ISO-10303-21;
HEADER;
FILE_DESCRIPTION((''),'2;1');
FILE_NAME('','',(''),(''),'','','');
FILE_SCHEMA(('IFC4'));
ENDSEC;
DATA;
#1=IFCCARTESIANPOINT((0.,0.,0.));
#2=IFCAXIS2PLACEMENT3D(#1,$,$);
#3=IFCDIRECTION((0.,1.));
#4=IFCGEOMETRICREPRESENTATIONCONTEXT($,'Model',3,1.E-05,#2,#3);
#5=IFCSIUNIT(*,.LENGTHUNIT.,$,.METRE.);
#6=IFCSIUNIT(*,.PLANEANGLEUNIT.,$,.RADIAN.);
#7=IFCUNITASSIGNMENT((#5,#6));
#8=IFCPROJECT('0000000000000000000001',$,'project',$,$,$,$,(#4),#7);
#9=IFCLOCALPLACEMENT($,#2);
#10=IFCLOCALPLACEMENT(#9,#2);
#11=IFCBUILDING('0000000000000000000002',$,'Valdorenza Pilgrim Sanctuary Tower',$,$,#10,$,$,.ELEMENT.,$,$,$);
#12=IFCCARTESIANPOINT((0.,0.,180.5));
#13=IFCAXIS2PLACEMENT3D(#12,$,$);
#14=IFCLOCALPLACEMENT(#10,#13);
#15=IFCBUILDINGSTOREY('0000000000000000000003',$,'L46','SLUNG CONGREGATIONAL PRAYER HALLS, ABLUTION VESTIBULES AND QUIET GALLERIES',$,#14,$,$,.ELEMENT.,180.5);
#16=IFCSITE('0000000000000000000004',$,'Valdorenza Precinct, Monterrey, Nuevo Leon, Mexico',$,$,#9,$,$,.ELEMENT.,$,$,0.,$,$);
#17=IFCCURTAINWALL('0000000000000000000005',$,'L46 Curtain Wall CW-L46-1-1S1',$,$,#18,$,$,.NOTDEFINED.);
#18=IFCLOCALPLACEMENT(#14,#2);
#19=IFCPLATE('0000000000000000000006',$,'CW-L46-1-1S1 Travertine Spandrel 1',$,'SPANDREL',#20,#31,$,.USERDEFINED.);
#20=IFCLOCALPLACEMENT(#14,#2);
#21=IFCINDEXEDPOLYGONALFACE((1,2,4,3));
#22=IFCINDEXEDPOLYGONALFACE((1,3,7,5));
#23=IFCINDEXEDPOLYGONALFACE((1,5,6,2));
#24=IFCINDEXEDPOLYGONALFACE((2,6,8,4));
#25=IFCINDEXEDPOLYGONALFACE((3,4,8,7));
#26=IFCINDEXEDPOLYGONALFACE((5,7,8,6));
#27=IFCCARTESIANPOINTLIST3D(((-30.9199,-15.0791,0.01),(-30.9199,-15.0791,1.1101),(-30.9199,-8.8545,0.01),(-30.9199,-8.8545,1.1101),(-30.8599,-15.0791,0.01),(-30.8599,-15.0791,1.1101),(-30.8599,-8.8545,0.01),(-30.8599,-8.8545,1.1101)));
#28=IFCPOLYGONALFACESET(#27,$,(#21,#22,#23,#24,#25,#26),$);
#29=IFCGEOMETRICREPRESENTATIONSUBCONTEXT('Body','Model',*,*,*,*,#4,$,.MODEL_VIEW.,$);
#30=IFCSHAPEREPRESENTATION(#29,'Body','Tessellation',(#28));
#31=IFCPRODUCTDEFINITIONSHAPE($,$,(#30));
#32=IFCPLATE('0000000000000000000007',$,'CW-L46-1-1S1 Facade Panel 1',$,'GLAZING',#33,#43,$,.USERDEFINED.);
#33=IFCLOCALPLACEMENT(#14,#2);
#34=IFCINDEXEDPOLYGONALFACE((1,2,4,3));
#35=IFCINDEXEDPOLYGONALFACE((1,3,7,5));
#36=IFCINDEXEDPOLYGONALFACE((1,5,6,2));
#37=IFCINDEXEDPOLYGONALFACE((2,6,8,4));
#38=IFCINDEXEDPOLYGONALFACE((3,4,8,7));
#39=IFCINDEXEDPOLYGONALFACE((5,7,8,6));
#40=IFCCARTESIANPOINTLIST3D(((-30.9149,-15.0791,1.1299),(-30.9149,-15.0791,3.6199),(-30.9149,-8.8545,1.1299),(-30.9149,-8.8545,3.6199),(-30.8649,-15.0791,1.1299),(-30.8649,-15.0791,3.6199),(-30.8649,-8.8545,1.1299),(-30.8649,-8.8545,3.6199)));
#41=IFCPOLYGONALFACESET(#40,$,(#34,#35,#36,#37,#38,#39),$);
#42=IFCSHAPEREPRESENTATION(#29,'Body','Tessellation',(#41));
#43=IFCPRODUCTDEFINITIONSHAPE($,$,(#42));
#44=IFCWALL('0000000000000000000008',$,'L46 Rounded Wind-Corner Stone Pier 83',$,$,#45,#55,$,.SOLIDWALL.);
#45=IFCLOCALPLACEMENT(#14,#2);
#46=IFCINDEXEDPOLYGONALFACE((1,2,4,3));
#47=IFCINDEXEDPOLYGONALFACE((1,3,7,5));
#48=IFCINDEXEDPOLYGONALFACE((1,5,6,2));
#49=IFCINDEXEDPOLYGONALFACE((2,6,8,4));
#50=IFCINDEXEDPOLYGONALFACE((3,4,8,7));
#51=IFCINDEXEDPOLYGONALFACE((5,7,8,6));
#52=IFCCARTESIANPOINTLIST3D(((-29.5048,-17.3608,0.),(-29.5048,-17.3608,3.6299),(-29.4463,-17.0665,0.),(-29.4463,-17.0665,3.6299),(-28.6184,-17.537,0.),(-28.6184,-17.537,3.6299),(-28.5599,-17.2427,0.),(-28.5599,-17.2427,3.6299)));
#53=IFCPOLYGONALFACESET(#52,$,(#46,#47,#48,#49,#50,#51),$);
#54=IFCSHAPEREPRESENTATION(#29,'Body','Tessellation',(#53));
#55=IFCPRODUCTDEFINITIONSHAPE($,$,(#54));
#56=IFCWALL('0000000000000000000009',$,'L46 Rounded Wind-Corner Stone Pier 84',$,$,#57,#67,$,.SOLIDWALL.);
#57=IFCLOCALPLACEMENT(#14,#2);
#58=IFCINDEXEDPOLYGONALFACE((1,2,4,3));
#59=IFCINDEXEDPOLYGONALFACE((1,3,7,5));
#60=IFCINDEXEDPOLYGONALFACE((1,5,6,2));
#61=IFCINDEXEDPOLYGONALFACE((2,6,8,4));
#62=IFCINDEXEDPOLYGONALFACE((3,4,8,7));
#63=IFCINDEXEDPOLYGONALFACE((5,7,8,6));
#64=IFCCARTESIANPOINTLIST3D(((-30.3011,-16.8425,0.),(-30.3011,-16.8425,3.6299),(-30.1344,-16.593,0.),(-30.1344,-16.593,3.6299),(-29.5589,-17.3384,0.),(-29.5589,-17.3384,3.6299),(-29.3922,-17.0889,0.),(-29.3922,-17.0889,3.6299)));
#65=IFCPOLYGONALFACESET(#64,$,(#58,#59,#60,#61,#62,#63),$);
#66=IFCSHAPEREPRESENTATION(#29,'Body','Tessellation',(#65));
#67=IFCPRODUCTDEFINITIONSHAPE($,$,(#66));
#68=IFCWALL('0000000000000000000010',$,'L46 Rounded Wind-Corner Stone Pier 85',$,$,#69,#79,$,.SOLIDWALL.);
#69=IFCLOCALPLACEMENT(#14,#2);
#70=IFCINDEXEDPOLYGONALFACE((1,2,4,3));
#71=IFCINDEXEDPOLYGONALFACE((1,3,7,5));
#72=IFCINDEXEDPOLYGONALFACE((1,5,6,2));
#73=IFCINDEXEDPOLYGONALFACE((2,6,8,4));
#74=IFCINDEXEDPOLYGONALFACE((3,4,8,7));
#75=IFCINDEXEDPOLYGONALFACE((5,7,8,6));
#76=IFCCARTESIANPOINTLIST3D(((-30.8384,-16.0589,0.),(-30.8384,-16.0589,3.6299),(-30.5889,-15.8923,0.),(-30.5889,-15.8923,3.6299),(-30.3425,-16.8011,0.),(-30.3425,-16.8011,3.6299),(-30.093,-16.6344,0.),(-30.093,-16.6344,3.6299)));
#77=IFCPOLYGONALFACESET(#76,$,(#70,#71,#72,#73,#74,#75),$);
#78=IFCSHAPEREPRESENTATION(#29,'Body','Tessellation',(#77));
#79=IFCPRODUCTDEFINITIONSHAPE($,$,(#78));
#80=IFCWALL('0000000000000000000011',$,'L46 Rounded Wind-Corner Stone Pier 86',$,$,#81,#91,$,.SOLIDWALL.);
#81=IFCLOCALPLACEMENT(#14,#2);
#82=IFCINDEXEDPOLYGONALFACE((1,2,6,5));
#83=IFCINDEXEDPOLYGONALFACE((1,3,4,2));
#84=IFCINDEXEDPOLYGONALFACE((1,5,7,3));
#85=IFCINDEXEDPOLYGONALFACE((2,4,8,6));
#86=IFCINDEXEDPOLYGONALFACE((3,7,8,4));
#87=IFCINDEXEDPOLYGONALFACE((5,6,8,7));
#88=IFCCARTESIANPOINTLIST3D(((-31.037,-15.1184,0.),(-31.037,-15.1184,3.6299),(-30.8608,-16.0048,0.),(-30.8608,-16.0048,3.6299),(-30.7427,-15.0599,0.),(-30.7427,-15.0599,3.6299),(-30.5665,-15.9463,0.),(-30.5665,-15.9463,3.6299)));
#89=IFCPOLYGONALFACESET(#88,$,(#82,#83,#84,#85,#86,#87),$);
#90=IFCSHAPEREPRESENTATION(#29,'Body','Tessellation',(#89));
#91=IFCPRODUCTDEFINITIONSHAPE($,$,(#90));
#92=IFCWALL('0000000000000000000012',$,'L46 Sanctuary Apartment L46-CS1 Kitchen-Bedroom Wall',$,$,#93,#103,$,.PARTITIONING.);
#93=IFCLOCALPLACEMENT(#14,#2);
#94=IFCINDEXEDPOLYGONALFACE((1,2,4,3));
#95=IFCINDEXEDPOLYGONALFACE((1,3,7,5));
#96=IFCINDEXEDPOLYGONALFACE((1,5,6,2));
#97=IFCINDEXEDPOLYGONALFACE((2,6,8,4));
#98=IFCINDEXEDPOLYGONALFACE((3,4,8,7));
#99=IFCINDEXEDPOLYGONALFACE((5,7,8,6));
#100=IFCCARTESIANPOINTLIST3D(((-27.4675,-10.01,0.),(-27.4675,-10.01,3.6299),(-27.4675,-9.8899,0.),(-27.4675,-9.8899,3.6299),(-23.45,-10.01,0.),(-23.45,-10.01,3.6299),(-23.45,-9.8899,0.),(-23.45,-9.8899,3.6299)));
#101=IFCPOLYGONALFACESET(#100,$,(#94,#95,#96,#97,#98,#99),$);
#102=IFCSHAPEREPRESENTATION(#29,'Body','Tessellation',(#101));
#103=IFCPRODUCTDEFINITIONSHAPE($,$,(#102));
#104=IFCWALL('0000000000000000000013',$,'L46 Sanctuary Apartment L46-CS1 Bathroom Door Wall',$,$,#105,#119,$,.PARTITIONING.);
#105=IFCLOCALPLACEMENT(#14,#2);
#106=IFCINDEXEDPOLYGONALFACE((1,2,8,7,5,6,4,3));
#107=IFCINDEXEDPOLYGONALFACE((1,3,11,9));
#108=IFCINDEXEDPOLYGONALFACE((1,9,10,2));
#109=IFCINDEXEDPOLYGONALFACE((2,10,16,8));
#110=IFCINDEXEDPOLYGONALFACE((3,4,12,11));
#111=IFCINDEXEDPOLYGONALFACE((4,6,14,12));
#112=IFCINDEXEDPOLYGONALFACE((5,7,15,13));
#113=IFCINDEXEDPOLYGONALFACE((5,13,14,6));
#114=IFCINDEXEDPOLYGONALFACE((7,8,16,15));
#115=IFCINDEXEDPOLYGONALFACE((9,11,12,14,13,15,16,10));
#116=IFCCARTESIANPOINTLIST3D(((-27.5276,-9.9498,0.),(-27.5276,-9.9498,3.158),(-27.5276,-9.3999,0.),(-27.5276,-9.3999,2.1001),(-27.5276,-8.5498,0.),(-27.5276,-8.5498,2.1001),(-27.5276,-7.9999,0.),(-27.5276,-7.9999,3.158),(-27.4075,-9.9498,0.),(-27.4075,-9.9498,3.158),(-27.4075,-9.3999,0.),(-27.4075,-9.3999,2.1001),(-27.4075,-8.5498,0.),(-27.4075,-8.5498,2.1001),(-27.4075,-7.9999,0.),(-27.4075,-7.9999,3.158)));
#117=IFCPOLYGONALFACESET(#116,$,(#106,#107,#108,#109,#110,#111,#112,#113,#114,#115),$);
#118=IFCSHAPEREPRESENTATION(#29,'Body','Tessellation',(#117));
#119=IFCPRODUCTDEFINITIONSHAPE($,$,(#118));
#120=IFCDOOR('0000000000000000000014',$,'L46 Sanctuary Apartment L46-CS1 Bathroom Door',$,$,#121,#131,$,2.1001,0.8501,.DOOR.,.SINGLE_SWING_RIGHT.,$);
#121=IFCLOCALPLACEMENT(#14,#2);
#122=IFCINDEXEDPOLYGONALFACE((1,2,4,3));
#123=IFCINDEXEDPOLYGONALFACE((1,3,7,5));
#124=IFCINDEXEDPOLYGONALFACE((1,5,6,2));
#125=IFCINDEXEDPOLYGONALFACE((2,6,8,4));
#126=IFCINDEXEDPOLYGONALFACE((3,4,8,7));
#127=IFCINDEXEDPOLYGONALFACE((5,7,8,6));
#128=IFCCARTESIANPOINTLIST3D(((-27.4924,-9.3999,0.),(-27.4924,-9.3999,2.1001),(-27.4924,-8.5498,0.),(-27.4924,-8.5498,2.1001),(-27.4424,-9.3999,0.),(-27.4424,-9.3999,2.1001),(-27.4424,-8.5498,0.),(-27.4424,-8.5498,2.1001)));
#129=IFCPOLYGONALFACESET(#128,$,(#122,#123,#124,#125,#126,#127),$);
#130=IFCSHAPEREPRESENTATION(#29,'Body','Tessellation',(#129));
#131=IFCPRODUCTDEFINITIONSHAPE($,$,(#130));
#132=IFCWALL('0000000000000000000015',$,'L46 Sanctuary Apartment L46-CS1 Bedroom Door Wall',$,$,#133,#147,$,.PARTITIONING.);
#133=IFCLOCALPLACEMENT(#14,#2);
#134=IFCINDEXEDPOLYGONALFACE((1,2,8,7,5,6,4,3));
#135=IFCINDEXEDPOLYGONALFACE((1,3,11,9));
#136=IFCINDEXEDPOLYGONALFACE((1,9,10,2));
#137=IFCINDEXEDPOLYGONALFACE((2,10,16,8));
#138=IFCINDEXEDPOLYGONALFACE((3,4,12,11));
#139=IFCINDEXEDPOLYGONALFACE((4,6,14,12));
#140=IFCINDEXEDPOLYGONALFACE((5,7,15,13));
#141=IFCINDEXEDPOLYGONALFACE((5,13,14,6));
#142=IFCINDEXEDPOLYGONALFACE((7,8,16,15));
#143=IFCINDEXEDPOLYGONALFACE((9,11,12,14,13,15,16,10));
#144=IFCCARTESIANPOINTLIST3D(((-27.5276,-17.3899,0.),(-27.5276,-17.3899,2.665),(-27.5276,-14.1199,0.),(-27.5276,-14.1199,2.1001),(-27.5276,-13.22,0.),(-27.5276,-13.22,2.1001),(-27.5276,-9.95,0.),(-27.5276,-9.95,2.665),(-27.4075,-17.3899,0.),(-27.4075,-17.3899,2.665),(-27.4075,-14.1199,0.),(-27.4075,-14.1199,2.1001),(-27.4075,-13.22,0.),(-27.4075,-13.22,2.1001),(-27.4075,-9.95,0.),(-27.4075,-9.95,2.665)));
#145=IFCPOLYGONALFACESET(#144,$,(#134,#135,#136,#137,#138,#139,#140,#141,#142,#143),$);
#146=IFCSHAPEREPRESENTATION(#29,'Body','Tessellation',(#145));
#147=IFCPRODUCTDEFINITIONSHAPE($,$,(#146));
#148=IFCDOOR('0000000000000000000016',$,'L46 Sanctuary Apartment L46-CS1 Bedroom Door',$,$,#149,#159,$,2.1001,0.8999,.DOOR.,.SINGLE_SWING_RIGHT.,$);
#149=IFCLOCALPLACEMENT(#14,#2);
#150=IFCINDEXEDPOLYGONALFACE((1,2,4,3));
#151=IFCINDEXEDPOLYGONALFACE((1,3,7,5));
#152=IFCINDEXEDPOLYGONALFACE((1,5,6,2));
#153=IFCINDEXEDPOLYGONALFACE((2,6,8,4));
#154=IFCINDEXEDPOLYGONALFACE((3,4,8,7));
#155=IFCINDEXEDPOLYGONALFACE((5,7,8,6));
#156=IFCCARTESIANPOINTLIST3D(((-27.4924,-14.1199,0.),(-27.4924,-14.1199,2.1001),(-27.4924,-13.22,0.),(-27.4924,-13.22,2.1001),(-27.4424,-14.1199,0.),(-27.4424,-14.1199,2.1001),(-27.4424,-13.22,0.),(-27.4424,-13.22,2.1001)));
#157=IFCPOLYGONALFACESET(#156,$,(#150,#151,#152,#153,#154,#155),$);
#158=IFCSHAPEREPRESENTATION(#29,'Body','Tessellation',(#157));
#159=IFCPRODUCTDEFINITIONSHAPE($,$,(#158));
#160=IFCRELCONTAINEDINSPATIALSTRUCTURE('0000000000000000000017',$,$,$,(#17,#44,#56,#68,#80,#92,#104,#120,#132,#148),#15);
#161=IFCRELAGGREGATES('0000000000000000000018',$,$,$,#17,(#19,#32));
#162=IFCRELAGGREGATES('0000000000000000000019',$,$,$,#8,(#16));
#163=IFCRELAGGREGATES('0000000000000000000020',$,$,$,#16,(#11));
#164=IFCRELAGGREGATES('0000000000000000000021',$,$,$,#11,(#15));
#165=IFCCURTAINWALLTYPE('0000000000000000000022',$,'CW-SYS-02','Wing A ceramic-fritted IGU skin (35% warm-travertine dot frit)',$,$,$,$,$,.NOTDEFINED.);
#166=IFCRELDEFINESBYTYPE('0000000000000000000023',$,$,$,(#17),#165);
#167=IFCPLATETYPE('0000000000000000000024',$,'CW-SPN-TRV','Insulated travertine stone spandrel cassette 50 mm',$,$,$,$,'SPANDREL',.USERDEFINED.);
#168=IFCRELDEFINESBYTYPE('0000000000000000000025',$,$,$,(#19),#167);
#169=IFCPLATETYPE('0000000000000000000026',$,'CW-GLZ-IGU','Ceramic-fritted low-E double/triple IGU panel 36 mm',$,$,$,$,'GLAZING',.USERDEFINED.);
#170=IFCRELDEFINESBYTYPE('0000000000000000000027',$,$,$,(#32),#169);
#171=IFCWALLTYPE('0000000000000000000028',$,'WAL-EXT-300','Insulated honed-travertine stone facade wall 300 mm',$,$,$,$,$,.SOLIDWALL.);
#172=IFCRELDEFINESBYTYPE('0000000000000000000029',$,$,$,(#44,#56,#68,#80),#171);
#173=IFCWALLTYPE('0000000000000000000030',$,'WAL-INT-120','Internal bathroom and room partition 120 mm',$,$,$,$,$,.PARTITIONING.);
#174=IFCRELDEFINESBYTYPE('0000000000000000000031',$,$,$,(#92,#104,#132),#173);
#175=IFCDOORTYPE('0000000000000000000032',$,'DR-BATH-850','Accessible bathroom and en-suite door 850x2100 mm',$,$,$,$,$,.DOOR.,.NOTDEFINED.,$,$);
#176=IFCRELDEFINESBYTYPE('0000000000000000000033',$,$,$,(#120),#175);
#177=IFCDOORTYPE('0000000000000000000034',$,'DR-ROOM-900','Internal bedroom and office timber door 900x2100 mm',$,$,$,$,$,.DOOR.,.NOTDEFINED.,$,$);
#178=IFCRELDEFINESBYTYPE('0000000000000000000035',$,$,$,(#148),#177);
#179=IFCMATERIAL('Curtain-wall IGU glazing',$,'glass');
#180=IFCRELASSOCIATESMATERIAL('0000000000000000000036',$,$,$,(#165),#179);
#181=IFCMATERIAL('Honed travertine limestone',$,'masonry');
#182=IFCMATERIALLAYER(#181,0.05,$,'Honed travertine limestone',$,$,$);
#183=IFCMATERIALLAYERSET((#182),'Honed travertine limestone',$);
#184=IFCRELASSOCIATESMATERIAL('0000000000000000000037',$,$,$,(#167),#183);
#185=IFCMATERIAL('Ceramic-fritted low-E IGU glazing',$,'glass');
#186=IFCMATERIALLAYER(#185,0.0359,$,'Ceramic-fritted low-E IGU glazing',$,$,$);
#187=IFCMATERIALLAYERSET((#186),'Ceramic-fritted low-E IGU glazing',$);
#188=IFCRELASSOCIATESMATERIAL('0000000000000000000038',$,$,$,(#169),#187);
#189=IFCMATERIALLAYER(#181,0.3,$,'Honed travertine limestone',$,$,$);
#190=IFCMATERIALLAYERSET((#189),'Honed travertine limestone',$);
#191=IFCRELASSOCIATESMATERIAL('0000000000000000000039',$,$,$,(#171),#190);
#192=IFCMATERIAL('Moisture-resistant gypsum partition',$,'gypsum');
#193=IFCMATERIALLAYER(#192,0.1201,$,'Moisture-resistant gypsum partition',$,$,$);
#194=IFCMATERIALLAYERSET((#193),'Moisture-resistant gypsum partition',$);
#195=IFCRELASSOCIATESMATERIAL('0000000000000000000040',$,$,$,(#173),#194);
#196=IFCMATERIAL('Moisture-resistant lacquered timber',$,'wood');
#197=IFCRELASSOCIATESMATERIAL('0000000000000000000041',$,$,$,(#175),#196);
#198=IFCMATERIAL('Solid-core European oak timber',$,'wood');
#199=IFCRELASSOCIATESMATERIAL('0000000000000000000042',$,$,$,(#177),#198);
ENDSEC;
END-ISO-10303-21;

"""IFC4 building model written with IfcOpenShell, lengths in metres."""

from ifc_helpers import new_model, si_unit, direction, frame, frame_2d, origin, origin_2d, place, context, subcontext, project, spatial, rectangle, extrude, source, transform, mapped, material, layer, layer_set, type_object, element, fill, aggregate, save


model = new_model("IFC4")

# Units and contexts
model_context = context("Model", 3, precision=1e-05, world=origin(), true_north=direction((0.0, 1.0)))
body_context = subcontext(model_context, "Body", "Model", "MODEL_VIEW")
ifc_project = project(units=[si_unit("LENGTHUNIT", "METRE"), si_unit("PLANEANGLEUNIT", "RADIAN")], contexts=[model_context])

# Site, building, storey
site_placement = place(None, origin())
site = spatial("IfcSite", under=ifc_project, at=site_placement, Name="Valdorenza Precinct, Monterrey, Nuevo Leon, Mexico", CompositionType="ELEMENT", RefElevation=0.0)
building_placement = place(site_placement, origin())
building = spatial("IfcBuilding", under=site, at=building_placement, Name="Valdorenza Pilgrim Sanctuary Tower", CompositionType="ELEMENT")
storey_placement = place(building_placement, frame((0.0, 0.0, 180.5)))
storey = spatial("IfcBuildingStorey", under=building, at=storey_placement, Name="L46", Description="SLUNG CONGREGATIONAL PRAYER HALLS, ABLUTION VESTIBULES AND QUIET GALLERIES", CompositionType="ELEMENT", Elevation=180.5)

# Curtain wall
ifc_material_1 = material(Name="Curtain-wall IGU glazing", Category="glass")
curtain_wall_type = type_object("IfcCurtainWallType", Name="CW-SYS-02", Description="Wing A ceramic-fritted IGU skin (35% warm-travertine dot frit)", PredefinedType="NOTDEFINED", material=ifc_material_1)
curtain_wall_1_placement = place(storey_placement, origin())
curtain_wall_1 = element("IfcCurtainWall", 1, at=curtain_wall_1_placement, inside=storey, type_object=curtain_wall_type, Name="L46 Curtain Wall CW-L46-1-1S1", PredefinedType="NOTDEFINED")

# Plates
ifc_material_2 = material(Name="Honed travertine limestone", Category="masonry")
ifc_layer_1 = layer(ifc_material_2, 0.05, Name="Honed travertine limestone")
ifc_layer_set_1 = layer_set([ifc_layer_1], Name="Honed travertine limestone")
plate_type_1 = type_object("IfcPlateType", Name="CW-SPN-TRV", Description="Insulated travertine stone spandrel cassette 50 mm", ElementType="SPANDREL", PredefinedType="USERDEFINED", material=ifc_layer_set_1)
shared_shape_1 = source(origin(), body_context, "Body", "SweptSolid", [
    extrude(rectangle(XDim=6.2246, YDim=0.0601, at=origin_2d()), origin(), (0.0, 0.0, 1.0), 1.1001),
])
plate_1_placement = place(storey_placement, frame((-30.8899, -11.9668, 0.01), z_axis=(0.0, 0.0, 1.0), x_axis=(0.0, 1.0, 0.0)))
plate_1 = element("IfcPlate", 2, at=plate_1_placement, type_object=plate_type_1, Name="CW-L46-1-1S1 Travertine Spandrel 1", ObjectType="SPANDREL", PredefinedType="USERDEFINED", context=body_context, shape_type="MappedRepresentation", body=[
    mapped(shared_shape_1, transform((0.0, 0.0, 0.0), x_axis=(1.0, 0.0, 0.0), y_axis=(0.0, 1.0, 0.0), z_axis=(0.0, 0.0, 1.0), scale=1.0)),
])
ifc_material_3 = material(Name="Ceramic-fritted low-E IGU glazing", Category="glass")
ifc_layer_2 = layer(ifc_material_3, 0.0359, Name="Ceramic-fritted low-E IGU glazing")
ifc_layer_set_2 = layer_set([ifc_layer_2], Name="Ceramic-fritted low-E IGU glazing")
plate_type_2 = type_object("IfcPlateType", Name="CW-GLZ-IGU", Description="Ceramic-fritted low-E double/triple IGU panel 36 mm", ElementType="GLAZING", PredefinedType="USERDEFINED", material=ifc_layer_set_2)
shared_shape_2 = source(origin(), body_context, "Body", "SweptSolid", [
    extrude(rectangle(XDim=6.2246, YDim=0.05, at=origin_2d()), origin(), (0.0, 0.0, 1.0), 2.49),
])
plate_2_placement = place(storey_placement, frame((-30.8899, -11.9668, 1.1299), z_axis=(0.0, 0.0, 1.0), x_axis=(0.0, 1.0, 0.0)))
plate_2 = element("IfcPlate", 3, at=plate_2_placement, type_object=plate_type_2, Name="CW-L46-1-1S1 Facade Panel 1", ObjectType="GLAZING", PredefinedType="USERDEFINED", context=body_context, shape_type="MappedRepresentation", body=[
    mapped(shared_shape_2, transform((0.0, 0.0, 0.0), x_axis=(1.0, 0.0, 0.0), y_axis=(0.0, 1.0, 0.0), z_axis=(0.0, 0.0, 1.0), scale=1.0)),
])
aggregate(curtain_wall_1, [plate_1, plate_2])

# Walls
ifc_layer_3 = layer(ifc_material_2, 0.3, Name="Honed travertine limestone")
ifc_layer_set_3 = layer_set([ifc_layer_3], Name="Honed travertine limestone")
wall_type_1 = type_object("IfcWallType", Name="WAL-EXT-300", Description="Insulated honed-travertine stone facade wall 300 mm", PredefinedType="SOLIDWALL", material=ifc_layer_set_3)
wall_1_placement = place(storey_placement, frame((-28.5891, -17.3899, 0.0), z_axis=(0.0, 0.0, 1.0), x_axis=(-0.980798, 0.195025, 0.0)))
element("IfcWall", 4, at=wall_1_placement, inside=storey, type_object=wall_type_1, Name="L46 Rounded Wind-Corner Stone Pier 83", PredefinedType="SOLIDWALL", context=body_context, shape_type="SweptSolid", body=[
    extrude(rectangle(XDim=0.9038, YDim=0.3, at=frame_2d((0.4519, 0.0))), origin(), (0.0, 0.0, 1.0), 3.6299),
])
for number, where, z_axis, x_axis, name in (
    (5, (-29.4756, -17.2136, 0.0), (0.0, 0.0, 1.0), (-0.831503, 0.55552, 0.0), "L46 Rounded Wind-Corner Stone Pier 84"),
    (6, (-30.2178, -16.7178, 0.0), (0.0, 0.0, 1.0), (-0.55552, 0.831503, 0.0), "L46 Rounded Wind-Corner Stone Pier 85"),
):
    element("IfcWall", number, at=place(storey_placement, frame(where, z_axis=z_axis, x_axis=x_axis)), inside=storey, type_object=wall_type_1, Name=name, PredefinedType="SOLIDWALL", context=body_context, shape_type="SweptSolid", body=[
        extrude(rectangle(XDim=0.8926, YDim=0.3, at=frame_2d((0.4463, 0.0))), origin(), (0.0, 0.0, 1.0), 3.6299),
    ])
wall_2_placement = place(storey_placement, frame((-30.7136, -15.9756, 0.0), z_axis=(0.0, 0.0, 1.0), x_axis=(-0.195025, 0.980798, 0.0)))
element("IfcWall", 7, at=wall_2_placement, inside=storey, type_object=wall_type_1, Name="L46 Rounded Wind-Corner Stone Pier 86", PredefinedType="SOLIDWALL", context=body_context, shape_type="SweptSolid", body=[
    extrude(rectangle(XDim=0.9038, YDim=0.3, at=frame_2d((0.4519, 0.0))), origin(), (0.0, 0.0, 1.0), 3.6299),
])
ifc_material_4 = material(Name="Moisture-resistant gypsum partition", Category="gypsum")
ifc_layer_4 = layer(ifc_material_4, 0.1201, Name="Moisture-resistant gypsum partition")
ifc_layer_set_4 = layer_set([ifc_layer_4], Name="Moisture-resistant gypsum partition")
wall_type_2 = type_object("IfcWallType", Name="WAL-INT-120", Description="Internal bathroom and room partition 120 mm", PredefinedType="PARTITIONING", material=ifc_layer_set_4)
wall_3_placement = place(storey_placement, frame((-27.4675, -9.95, 0.0), z_axis=(0.0, 0.0, 1.0), x_axis=(1.0, 0.0, 0.0)))
element("IfcWall", 8, at=wall_3_placement, inside=storey, type_object=wall_type_2, Name="L46 Sanctuary Apartment L46-CS1 Kitchen-Bedroom Wall", PredefinedType="PARTITIONING", context=body_context, shape_type="SweptSolid", body=[
    extrude(rectangle(XDim=4.0176, YDim=0.1201, at=frame_2d((2.0088, 0.0))), origin(), (0.0, 0.0, 1.0), 3.6299),
])

# Walls, openings, doors
wall_4_placement = place(storey_placement, frame((-27.4675, -9.95, 0.0), z_axis=(0.0, 0.0, 1.0), x_axis=(0.0, 1.0, 0.0)))
wall_4 = element("IfcWall", 9, at=wall_4_placement, inside=storey, type_object=wall_type_2, Name="L46 Sanctuary Apartment L46-CS1 Bathroom Door Wall", PredefinedType="PARTITIONING", context=body_context, shape_type="SweptSolid", body=[
    extrude(rectangle(XDim=1.95, YDim=0.1201, at=frame_2d((0.9751, 0.0))), origin(), (0.0, 0.0, 1.0), 3.158),
])
opening_1_placement = place(wall_4_placement, frame((0.55, 0.0, 0.0)))
opening_1 = element("IfcOpeningElement", 10, at=opening_1_placement, cuts=wall_4, PredefinedType="OPENING", context=body_context, shape_type="SweptSolid", body=[
    extrude(rectangle(XDim=0.8501, YDim=2.1001, at=frame_2d((0.425, 1.05))), frame((0.0, 0.075, 0.0), z_axis=(0.0, -1.0, 0.0), x_axis=(1.0, 0.0, 0.0)), (0.0, 0.0, 1.0), 0.1499),
])
ifc_material_5 = material(Name="Moisture-resistant lacquered timber", Category="wood")
door_type_1 = type_object("IfcDoorType", Name="DR-BATH-850", Description="Accessible bathroom and en-suite door 850x2100 mm", OperationType="NOTDEFINED", PredefinedType="DOOR", material=ifc_material_5)
door_1_placement = place(opening_1_placement, origin())
door_1 = element("IfcDoor", 11, at=door_1_placement, inside=storey, type_object=door_type_1, Name="L46 Sanctuary Apartment L46-CS1 Bathroom Door", OperationType="SINGLE_SWING_RIGHT", OverallHeight=2.1001, OverallWidth=0.8501, PredefinedType="DOOR", context=body_context, shape_type="SweptSolid", body=[
    extrude(rectangle(XDim=0.8501, YDim=2.1001, at=frame_2d((0.425, 1.05))), frame((0.0, 0.0249, 0.0), z_axis=(0.0, -1.0, 0.0), x_axis=(1.0, 0.0, 0.0)), (0.0, 0.0, 1.0), 0.05),
])
fill(opening_1, door_1)
wall_5_placement = place(storey_placement, frame((-27.4675, -17.3899, 0.0), z_axis=(0.0, 0.0, 1.0), x_axis=(0.0, 1.0, 0.0)))
wall_5 = element("IfcWall", 12, at=wall_5_placement, inside=storey, type_object=wall_type_2, Name="L46 Sanctuary Apartment L46-CS1 Bedroom Door Wall", PredefinedType="PARTITIONING", context=body_context, shape_type="SweptSolid", body=[
    extrude(rectangle(XDim=7.4399, YDim=0.1201, at=frame_2d((3.72, 0.0))), origin(), (0.0, 0.0, 1.0), 2.665),
])
opening_2_placement = place(wall_5_placement, frame((3.27, 0.0, 0.0)))
opening_2 = element("IfcOpeningElement", 13, at=opening_2_placement, cuts=wall_5, PredefinedType="OPENING", context=body_context, shape_type="SweptSolid", body=[
    extrude(rectangle(XDim=0.8999, YDim=2.1001, at=frame_2d((0.45, 1.05))), frame((0.0, 0.075, 0.0), z_axis=(0.0, -1.0, 0.0), x_axis=(1.0, 0.0, 0.0)), (0.0, 0.0, 1.0), 0.1499),
])
ifc_material_6 = material(Name="Solid-core European oak timber", Category="wood")
door_type_2 = type_object("IfcDoorType", Name="DR-ROOM-900", Description="Internal bedroom and office timber door 900x2100 mm", OperationType="NOTDEFINED", PredefinedType="DOOR", material=ifc_material_6)
door_2_placement = place(opening_2_placement, origin())
door_2 = element("IfcDoor", 14, at=door_2_placement, inside=storey, type_object=door_type_2, Name="L46 Sanctuary Apartment L46-CS1 Bedroom Door", OperationType="SINGLE_SWING_RIGHT", OverallHeight=2.1001, OverallWidth=0.8999, PredefinedType="DOOR", context=body_context, shape_type="SweptSolid", body=[
    extrude(rectangle(XDim=0.8999, YDim=2.1001, at=frame_2d((0.45, 1.05))), frame((0.0, 0.0249, 0.0), z_axis=(0.0, -1.0, 0.0), x_axis=(1.0, 0.0, 0.0)), (0.0, 0.0, 1.0), 0.05),
])
fill(opening_2, door_2)

save(model, "model.ifc")
